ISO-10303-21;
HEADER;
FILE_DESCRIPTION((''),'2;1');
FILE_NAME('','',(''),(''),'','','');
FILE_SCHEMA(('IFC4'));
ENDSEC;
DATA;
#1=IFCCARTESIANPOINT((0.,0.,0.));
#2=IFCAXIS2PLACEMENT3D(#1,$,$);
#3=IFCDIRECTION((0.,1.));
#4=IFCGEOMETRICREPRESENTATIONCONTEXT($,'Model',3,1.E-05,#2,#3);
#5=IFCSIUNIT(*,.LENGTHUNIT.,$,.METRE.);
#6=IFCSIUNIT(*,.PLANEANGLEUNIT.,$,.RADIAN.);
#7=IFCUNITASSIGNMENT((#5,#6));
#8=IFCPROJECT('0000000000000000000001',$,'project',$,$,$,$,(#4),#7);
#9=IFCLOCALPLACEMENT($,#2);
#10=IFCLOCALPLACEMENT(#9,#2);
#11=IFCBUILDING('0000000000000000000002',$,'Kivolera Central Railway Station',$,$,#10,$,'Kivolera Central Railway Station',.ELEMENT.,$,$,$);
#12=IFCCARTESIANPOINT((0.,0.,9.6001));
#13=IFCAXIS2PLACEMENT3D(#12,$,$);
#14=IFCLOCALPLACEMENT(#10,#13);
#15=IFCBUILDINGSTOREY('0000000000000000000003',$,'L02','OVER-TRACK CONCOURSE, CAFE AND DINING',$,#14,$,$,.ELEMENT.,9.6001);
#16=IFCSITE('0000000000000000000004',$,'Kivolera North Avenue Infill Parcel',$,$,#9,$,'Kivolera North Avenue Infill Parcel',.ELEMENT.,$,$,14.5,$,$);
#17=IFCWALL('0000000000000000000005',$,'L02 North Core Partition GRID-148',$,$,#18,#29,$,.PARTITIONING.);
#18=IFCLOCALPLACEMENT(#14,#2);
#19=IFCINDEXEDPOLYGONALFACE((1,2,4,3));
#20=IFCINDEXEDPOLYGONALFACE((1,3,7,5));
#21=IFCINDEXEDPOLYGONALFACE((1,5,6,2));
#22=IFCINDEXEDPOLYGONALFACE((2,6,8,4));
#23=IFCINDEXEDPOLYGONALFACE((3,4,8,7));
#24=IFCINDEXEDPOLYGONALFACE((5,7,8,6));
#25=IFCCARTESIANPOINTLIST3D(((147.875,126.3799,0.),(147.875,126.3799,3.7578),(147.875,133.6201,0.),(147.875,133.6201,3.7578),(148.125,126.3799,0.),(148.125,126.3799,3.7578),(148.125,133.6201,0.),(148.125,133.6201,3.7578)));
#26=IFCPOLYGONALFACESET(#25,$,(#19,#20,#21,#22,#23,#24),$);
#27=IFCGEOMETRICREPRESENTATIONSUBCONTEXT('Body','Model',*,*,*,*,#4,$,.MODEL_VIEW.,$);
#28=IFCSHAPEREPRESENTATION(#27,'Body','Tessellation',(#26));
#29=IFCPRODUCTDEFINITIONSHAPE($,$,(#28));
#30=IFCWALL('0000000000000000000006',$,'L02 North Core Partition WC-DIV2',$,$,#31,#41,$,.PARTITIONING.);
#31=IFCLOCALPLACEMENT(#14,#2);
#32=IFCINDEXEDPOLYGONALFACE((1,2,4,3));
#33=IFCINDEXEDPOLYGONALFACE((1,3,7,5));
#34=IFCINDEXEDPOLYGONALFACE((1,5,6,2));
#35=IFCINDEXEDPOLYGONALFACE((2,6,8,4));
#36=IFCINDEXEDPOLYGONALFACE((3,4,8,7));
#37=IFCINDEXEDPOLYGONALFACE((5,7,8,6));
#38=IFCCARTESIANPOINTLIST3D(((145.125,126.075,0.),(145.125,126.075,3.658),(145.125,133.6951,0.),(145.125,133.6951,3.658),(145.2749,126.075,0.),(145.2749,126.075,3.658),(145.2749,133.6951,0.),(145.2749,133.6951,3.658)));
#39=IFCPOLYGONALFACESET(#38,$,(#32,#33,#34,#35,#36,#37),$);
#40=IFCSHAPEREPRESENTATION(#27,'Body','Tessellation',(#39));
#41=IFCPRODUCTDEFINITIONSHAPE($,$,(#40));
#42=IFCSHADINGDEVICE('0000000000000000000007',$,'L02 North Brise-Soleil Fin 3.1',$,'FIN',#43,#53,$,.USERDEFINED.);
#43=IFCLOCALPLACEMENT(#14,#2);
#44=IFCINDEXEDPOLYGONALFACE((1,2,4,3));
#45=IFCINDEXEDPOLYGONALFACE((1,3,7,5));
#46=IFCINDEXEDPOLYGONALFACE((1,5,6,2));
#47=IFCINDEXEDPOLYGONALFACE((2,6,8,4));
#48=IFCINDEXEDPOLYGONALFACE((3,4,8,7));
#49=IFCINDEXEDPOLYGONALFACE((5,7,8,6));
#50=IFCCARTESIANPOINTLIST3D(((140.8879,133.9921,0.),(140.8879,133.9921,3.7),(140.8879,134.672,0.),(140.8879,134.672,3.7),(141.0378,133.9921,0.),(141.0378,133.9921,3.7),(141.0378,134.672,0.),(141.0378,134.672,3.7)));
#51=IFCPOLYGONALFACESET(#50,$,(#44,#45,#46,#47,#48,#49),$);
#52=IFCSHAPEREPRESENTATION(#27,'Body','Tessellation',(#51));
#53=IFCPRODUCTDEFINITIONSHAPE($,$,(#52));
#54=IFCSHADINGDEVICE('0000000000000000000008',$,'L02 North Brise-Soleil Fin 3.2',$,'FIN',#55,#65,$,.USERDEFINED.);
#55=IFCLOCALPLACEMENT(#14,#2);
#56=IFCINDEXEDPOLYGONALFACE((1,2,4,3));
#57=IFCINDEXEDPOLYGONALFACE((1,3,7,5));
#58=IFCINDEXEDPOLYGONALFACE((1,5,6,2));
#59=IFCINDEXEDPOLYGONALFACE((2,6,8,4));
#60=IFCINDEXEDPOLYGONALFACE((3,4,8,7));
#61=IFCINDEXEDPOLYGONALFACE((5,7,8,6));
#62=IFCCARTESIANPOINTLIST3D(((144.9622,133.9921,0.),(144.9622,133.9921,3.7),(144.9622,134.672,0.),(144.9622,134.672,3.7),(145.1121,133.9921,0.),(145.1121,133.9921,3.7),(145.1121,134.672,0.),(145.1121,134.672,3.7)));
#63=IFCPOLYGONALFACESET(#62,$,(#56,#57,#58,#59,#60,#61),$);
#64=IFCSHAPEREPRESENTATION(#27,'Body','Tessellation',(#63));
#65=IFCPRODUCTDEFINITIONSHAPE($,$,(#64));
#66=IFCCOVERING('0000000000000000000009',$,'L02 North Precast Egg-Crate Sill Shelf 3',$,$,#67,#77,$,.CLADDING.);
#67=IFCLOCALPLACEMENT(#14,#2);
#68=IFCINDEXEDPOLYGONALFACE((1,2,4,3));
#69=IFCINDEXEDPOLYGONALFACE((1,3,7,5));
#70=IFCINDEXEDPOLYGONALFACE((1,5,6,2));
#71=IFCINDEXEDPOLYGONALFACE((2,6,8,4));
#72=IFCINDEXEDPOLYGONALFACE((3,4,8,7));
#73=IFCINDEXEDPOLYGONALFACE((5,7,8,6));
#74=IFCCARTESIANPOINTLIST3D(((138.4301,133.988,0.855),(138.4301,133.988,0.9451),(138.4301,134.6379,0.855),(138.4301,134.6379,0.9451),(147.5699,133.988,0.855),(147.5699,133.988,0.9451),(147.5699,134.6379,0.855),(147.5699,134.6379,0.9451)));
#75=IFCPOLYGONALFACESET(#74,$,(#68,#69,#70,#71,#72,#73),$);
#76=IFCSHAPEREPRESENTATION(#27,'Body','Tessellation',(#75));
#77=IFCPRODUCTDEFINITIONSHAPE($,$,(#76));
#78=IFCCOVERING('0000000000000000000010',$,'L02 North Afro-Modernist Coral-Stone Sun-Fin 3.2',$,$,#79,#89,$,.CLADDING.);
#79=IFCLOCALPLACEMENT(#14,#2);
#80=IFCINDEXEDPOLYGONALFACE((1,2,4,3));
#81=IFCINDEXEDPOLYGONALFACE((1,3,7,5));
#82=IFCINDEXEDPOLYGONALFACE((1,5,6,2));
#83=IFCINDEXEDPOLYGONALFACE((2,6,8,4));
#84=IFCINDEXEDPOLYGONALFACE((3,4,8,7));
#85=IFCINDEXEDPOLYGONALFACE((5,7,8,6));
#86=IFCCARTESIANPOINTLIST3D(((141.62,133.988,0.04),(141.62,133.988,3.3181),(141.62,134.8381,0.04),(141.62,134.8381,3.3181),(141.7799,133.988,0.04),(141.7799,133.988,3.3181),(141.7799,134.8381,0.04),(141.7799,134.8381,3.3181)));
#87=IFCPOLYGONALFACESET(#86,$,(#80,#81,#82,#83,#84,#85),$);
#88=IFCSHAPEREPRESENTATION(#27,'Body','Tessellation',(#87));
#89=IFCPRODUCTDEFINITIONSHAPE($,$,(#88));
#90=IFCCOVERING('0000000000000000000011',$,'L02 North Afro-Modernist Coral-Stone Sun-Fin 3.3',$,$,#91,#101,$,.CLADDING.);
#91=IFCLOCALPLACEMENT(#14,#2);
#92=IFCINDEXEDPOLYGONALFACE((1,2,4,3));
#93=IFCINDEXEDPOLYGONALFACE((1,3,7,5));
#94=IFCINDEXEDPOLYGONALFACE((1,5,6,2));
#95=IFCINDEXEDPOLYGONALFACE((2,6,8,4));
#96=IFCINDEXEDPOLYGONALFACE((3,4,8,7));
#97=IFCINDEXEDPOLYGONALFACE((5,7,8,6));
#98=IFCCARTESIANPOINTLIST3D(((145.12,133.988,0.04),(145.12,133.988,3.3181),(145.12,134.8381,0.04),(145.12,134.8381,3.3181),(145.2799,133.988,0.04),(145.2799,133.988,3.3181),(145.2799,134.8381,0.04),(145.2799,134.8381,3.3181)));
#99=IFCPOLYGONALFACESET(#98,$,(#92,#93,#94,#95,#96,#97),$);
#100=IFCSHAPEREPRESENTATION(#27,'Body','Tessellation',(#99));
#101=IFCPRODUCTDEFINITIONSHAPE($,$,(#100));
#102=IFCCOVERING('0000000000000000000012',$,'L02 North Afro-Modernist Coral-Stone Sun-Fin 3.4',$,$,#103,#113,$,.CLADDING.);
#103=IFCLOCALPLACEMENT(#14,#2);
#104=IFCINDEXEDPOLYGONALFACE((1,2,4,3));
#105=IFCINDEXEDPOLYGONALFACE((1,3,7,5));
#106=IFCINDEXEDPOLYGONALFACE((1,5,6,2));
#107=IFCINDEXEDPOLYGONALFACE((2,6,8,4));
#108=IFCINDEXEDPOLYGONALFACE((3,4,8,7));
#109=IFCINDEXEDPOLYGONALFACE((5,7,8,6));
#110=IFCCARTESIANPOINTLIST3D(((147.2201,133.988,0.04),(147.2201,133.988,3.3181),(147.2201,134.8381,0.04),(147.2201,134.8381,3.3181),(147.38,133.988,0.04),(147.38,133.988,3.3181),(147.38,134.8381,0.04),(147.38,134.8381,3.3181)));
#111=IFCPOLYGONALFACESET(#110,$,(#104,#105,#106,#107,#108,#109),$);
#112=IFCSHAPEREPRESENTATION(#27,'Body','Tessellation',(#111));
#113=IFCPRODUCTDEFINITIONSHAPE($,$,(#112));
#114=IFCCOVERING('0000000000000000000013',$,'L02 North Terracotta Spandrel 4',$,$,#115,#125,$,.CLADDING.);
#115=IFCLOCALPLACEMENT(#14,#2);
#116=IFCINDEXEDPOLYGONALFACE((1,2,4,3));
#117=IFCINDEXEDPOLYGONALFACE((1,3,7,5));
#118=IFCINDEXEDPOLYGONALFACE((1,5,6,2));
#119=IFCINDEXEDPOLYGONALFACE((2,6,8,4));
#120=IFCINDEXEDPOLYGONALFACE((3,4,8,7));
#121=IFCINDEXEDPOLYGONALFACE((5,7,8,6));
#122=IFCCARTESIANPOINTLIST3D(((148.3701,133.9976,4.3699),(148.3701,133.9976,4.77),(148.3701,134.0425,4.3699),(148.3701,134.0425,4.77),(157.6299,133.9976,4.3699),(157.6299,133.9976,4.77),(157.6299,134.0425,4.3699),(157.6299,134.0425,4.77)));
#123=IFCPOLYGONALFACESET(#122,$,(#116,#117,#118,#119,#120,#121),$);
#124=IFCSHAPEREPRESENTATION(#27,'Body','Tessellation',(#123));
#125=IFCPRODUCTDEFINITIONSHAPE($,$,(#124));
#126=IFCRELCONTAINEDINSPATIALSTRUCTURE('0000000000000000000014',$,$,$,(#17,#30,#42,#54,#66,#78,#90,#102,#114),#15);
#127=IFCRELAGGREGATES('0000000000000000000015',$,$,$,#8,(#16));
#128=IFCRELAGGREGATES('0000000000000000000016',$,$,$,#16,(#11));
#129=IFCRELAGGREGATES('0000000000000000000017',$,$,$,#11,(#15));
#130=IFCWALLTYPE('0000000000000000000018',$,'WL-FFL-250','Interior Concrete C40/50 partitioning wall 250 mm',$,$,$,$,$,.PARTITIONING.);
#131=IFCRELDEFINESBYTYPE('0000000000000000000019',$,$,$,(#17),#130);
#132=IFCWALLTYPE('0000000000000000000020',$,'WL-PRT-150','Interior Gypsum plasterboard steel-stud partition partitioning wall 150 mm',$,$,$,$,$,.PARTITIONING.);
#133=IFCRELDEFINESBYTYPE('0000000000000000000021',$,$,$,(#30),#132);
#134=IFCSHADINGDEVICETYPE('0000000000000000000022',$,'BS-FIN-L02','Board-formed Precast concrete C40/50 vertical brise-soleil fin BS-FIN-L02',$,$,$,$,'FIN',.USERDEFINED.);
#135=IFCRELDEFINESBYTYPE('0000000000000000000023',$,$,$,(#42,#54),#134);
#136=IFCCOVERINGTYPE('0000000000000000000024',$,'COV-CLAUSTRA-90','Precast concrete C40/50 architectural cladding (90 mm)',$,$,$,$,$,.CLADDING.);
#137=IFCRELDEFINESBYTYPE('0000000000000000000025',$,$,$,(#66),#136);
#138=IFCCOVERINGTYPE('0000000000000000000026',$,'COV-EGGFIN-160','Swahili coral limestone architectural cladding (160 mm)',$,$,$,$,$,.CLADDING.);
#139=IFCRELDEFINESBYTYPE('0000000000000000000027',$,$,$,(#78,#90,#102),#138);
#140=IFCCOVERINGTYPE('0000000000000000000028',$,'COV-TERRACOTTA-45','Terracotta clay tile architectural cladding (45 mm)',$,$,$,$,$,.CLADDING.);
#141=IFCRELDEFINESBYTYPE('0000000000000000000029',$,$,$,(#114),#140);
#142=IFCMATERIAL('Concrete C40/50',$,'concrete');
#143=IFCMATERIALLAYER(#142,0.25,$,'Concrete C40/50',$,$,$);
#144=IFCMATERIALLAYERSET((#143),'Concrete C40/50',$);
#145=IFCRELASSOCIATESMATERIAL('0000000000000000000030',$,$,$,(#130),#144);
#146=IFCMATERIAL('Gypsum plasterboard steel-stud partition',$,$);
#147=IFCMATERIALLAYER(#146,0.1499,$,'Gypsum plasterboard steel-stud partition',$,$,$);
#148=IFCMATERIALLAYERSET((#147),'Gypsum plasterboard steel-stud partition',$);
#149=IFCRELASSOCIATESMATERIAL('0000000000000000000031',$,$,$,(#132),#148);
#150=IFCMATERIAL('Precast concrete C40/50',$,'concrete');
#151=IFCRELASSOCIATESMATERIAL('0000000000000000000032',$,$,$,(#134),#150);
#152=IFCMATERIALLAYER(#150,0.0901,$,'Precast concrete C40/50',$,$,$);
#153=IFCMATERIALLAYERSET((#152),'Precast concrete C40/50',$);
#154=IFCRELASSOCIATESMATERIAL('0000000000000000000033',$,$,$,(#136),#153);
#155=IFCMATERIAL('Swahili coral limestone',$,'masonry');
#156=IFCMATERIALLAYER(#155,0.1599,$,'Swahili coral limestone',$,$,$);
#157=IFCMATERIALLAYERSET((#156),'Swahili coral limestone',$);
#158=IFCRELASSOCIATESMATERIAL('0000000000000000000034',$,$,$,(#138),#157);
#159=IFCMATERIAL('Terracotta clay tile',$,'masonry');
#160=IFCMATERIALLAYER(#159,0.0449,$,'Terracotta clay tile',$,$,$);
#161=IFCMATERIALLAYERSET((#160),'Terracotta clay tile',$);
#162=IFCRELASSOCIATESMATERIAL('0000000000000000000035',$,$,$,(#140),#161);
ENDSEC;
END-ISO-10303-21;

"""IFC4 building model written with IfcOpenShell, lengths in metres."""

from ifc_helpers import new_model, si_unit, direction, frame, frame_2d, origin, origin_2d, place, context, subcontext, project, spatial, rectangle, extrude, material, layer, layer_set, type_object, element, save


model = new_model("IFC4")

# Units and contexts
model_context = context("Model", 3, precision=1e-05, world=origin(), true_north=direction((0.0, 1.0)))
body_context = subcontext(model_context, "Body", "Model", "MODEL_VIEW")
ifc_project = project(units=[si_unit("LENGTHUNIT", "METRE"), si_unit("PLANEANGLEUNIT", "RADIAN")], contexts=[model_context])

# Site, building, storey
site_placement = place(None, origin())
site = spatial("IfcSite", under=ifc_project, at=site_placement, Name="Kivolera North Avenue Infill Parcel", LongName="Kivolera North Avenue Infill Parcel", CompositionType="ELEMENT", RefElevation=14.5)
building_placement = place(site_placement, origin())
building = spatial("IfcBuilding", under=site, at=building_placement, Name="Kivolera Central Railway Station", LongName="Kivolera Central Railway Station", CompositionType="ELEMENT")
storey_placement = place(building_placement, frame((0.0, 0.0, 9.6001)))
storey = spatial("IfcBuildingStorey", under=building, at=storey_placement, Name="L02", Description="OVER-TRACK CONCOURSE, CAFE AND DINING", CompositionType="ELEMENT", Elevation=9.6001)

# Shared definitions
ifc_material_1 = material(Name="Concrete C40/50", Category="concrete")

# Walls
ifc_layer_1 = layer(ifc_material_1, 0.25, Name="Concrete C40/50")
ifc_layer_set_1 = layer_set([ifc_layer_1], Name="Concrete C40/50")
wall_type_1 = type_object("IfcWallType", Name="WL-FFL-250", Description="Interior Concrete C40/50 partitioning wall 250 mm", PredefinedType="PARTITIONING", material=ifc_layer_set_1)
wall_1_placement = place(storey_placement, frame((148.0, 126.3799, 0.0), z_axis=(0.0, 0.0, 1.0), x_axis=(0.0, 1.0, 0.0)))
element("IfcWall", 1, at=wall_1_placement, inside=storey, type_object=wall_type_1, Name="L02 North Core Partition GRID-148", PredefinedType="PARTITIONING", context=body_context, shape_type="SweptSolid", body=[
    extrude(rectangle(XDim=7.2402, YDim=0.25, at=frame_2d((3.6201, 0.0))), origin(), (0.0, 0.0, 1.0), 3.7578),
])
ifc_material_2 = material(Name="Gypsum plasterboard steel-stud partition")
ifc_layer_2 = layer(ifc_material_2, 0.1499, Name="Gypsum plasterboard steel-stud partition")
ifc_layer_set_2 = layer_set([ifc_layer_2], Name="Gypsum plasterboard steel-stud partition")
wall_type_2 = type_object("IfcWallType", Name="WL-PRT-150", Description="Interior Gypsum plasterboard steel-stud partition partitioning wall 150 mm", PredefinedType="PARTITIONING", material=ifc_layer_set_2)
wall_2_placement = place(storey_placement, frame((145.2, 126.075, 0.0), z_axis=(0.0, 0.0, 1.0), x_axis=(0.0, 1.0, 0.0)))
element("IfcWall", 2, at=wall_2_placement, inside=storey, type_object=wall_type_2, Name="L02 North Core Partition WC-DIV2", PredefinedType="PARTITIONING", context=body_context, shape_type="SweptSolid", body=[
    extrude(rectangle(XDim=7.6201, YDim=0.1499, at=frame_2d((3.8101, 0.0))), origin(), (0.0, 0.0, 1.0), 3.658),
])

# Shading devices
ifc_material_3 = material(Name="Precast concrete C40/50", Category="concrete")
shading_device_type = type_object("IfcShadingDeviceType", Name="BS-FIN-L02", Description="Board-formed Precast concrete C40/50 vertical brise-soleil fin BS-FIN-L02", ElementType="FIN", PredefinedType="USERDEFINED", material=ifc_material_3)
for number, where, z_axis, x_axis, name in (
    (3, (140.9629, 134.332, 0.0), (0.0, 0.0, 1.0), (1.0, 0.0, 0.0), "L02 North Brise-Soleil Fin 3.1"),
    (4, (145.0371, 134.332, 0.0), (0.0, 0.0, 1.0), (1.0, 0.0, 0.0), "L02 North Brise-Soleil Fin 3.2"),
):
    element("IfcShadingDevice", number, at=place(storey_placement, frame(where, z_axis=z_axis, x_axis=x_axis)), inside=storey, type_object=shading_device_type, Name=name, ObjectType="FIN", PredefinedType="USERDEFINED", context=body_context, shape_type="SweptSolid", body=[
        extrude(rectangle(XDim=0.1499, YDim=0.6799, at=origin_2d()), origin(), (0.0, 0.0, 1.0), 3.7),
    ])

# Coverings
ifc_layer_3 = layer(ifc_material_3, 0.0901, Name="Precast concrete C40/50")
ifc_layer_set_3 = layer_set([ifc_layer_3], Name="Precast concrete C40/50")
covering_type_1 = type_object("IfcCoveringType", Name="COV-CLAUSTRA-90", Description="Precast concrete C40/50 architectural cladding (90 mm)", PredefinedType="CLADDING", material=ifc_layer_set_3)
covering_1_placement = place(storey_placement, frame((143.0, 134.313, 0.855), z_axis=(0.0, 0.0, 1.0), x_axis=(1.0, 0.0, 0.0)))
element("IfcCovering", 5, at=covering_1_placement, inside=storey, type_object=covering_type_1, Name="L02 North Precast Egg-Crate Sill Shelf 3", PredefinedType="CLADDING", context=body_context, shape_type="SweptSolid", body=[
    extrude(rectangle(XDim=9.1399, YDim=0.6499, at=origin_2d()), origin(), (0.0, 0.0, 1.0), 0.0901),
])
ifc_material_4 = material(Name="Swahili coral limestone", Category="masonry")
ifc_layer_4 = layer(ifc_material_4, 0.1599, Name="Swahili coral limestone")
ifc_layer_set_4 = layer_set([ifc_layer_4], Name="Swahili coral limestone")
covering_type_2 = type_object("IfcCoveringType", Name="COV-EGGFIN-160", Description="Swahili coral limestone architectural cladding (160 mm)", PredefinedType="CLADDING", material=ifc_layer_set_4)
for number, where, z_axis, x_axis, name in (
    (6, (141.7, 134.4131, 0.04), (0.0, 0.0, 1.0), (1.0, 0.0, 0.0), "L02 North Afro-Modernist Coral-Stone Sun-Fin 3.2"),
    (7, (145.2, 134.4131, 0.04), (0.0, 0.0, 1.0), (1.0, 0.0, 0.0), "L02 North Afro-Modernist Coral-Stone Sun-Fin 3.3"),
    (8, (147.3, 134.4131, 0.04), (0.0, 0.0, 1.0), (1.0, 0.0, 0.0), "L02 North Afro-Modernist Coral-Stone Sun-Fin 3.4"),
):
    element("IfcCovering", number, at=place(storey_placement, frame(where, z_axis=z_axis, x_axis=x_axis)), inside=storey, type_object=covering_type_2, Name=name, PredefinedType="CLADDING", context=body_context, shape_type="SweptSolid", body=[
        extrude(rectangle(XDim=0.1599, YDim=0.8501, at=origin_2d()), origin(), (0.0, 0.0, 1.0), 3.2781),
    ])
ifc_material_5 = material(Name="Terracotta clay tile", Category="masonry")
ifc_layer_5 = layer(ifc_material_5, 0.0449, Name="Terracotta clay tile")
ifc_layer_set_5 = layer_set([ifc_layer_5], Name="Terracotta clay tile")
covering_type_3 = type_object("IfcCoveringType", Name="COV-TERRACOTTA-45", Description="Terracotta clay tile architectural cladding (45 mm)", PredefinedType="CLADDING", material=ifc_layer_set_5)
covering_2_placement = place(storey_placement, frame((148.3701, 134.02, 4.3699), z_axis=(0.0, 0.0, 1.0), x_axis=(1.0, 0.0, 0.0)))
element("IfcCovering", 9, at=covering_2_placement, inside=storey, type_object=covering_type_3, Name="L02 North Terracotta Spandrel 4", PredefinedType="CLADDING", context=body_context, shape_type="SweptSolid", body=[
    extrude(rectangle(XDim=9.2598, YDim=0.0449, at=frame_2d((4.6299, 0.0))), origin(), (0.0, 0.0, 1.0), 0.4001),
])

save(model, "model.ifc")
